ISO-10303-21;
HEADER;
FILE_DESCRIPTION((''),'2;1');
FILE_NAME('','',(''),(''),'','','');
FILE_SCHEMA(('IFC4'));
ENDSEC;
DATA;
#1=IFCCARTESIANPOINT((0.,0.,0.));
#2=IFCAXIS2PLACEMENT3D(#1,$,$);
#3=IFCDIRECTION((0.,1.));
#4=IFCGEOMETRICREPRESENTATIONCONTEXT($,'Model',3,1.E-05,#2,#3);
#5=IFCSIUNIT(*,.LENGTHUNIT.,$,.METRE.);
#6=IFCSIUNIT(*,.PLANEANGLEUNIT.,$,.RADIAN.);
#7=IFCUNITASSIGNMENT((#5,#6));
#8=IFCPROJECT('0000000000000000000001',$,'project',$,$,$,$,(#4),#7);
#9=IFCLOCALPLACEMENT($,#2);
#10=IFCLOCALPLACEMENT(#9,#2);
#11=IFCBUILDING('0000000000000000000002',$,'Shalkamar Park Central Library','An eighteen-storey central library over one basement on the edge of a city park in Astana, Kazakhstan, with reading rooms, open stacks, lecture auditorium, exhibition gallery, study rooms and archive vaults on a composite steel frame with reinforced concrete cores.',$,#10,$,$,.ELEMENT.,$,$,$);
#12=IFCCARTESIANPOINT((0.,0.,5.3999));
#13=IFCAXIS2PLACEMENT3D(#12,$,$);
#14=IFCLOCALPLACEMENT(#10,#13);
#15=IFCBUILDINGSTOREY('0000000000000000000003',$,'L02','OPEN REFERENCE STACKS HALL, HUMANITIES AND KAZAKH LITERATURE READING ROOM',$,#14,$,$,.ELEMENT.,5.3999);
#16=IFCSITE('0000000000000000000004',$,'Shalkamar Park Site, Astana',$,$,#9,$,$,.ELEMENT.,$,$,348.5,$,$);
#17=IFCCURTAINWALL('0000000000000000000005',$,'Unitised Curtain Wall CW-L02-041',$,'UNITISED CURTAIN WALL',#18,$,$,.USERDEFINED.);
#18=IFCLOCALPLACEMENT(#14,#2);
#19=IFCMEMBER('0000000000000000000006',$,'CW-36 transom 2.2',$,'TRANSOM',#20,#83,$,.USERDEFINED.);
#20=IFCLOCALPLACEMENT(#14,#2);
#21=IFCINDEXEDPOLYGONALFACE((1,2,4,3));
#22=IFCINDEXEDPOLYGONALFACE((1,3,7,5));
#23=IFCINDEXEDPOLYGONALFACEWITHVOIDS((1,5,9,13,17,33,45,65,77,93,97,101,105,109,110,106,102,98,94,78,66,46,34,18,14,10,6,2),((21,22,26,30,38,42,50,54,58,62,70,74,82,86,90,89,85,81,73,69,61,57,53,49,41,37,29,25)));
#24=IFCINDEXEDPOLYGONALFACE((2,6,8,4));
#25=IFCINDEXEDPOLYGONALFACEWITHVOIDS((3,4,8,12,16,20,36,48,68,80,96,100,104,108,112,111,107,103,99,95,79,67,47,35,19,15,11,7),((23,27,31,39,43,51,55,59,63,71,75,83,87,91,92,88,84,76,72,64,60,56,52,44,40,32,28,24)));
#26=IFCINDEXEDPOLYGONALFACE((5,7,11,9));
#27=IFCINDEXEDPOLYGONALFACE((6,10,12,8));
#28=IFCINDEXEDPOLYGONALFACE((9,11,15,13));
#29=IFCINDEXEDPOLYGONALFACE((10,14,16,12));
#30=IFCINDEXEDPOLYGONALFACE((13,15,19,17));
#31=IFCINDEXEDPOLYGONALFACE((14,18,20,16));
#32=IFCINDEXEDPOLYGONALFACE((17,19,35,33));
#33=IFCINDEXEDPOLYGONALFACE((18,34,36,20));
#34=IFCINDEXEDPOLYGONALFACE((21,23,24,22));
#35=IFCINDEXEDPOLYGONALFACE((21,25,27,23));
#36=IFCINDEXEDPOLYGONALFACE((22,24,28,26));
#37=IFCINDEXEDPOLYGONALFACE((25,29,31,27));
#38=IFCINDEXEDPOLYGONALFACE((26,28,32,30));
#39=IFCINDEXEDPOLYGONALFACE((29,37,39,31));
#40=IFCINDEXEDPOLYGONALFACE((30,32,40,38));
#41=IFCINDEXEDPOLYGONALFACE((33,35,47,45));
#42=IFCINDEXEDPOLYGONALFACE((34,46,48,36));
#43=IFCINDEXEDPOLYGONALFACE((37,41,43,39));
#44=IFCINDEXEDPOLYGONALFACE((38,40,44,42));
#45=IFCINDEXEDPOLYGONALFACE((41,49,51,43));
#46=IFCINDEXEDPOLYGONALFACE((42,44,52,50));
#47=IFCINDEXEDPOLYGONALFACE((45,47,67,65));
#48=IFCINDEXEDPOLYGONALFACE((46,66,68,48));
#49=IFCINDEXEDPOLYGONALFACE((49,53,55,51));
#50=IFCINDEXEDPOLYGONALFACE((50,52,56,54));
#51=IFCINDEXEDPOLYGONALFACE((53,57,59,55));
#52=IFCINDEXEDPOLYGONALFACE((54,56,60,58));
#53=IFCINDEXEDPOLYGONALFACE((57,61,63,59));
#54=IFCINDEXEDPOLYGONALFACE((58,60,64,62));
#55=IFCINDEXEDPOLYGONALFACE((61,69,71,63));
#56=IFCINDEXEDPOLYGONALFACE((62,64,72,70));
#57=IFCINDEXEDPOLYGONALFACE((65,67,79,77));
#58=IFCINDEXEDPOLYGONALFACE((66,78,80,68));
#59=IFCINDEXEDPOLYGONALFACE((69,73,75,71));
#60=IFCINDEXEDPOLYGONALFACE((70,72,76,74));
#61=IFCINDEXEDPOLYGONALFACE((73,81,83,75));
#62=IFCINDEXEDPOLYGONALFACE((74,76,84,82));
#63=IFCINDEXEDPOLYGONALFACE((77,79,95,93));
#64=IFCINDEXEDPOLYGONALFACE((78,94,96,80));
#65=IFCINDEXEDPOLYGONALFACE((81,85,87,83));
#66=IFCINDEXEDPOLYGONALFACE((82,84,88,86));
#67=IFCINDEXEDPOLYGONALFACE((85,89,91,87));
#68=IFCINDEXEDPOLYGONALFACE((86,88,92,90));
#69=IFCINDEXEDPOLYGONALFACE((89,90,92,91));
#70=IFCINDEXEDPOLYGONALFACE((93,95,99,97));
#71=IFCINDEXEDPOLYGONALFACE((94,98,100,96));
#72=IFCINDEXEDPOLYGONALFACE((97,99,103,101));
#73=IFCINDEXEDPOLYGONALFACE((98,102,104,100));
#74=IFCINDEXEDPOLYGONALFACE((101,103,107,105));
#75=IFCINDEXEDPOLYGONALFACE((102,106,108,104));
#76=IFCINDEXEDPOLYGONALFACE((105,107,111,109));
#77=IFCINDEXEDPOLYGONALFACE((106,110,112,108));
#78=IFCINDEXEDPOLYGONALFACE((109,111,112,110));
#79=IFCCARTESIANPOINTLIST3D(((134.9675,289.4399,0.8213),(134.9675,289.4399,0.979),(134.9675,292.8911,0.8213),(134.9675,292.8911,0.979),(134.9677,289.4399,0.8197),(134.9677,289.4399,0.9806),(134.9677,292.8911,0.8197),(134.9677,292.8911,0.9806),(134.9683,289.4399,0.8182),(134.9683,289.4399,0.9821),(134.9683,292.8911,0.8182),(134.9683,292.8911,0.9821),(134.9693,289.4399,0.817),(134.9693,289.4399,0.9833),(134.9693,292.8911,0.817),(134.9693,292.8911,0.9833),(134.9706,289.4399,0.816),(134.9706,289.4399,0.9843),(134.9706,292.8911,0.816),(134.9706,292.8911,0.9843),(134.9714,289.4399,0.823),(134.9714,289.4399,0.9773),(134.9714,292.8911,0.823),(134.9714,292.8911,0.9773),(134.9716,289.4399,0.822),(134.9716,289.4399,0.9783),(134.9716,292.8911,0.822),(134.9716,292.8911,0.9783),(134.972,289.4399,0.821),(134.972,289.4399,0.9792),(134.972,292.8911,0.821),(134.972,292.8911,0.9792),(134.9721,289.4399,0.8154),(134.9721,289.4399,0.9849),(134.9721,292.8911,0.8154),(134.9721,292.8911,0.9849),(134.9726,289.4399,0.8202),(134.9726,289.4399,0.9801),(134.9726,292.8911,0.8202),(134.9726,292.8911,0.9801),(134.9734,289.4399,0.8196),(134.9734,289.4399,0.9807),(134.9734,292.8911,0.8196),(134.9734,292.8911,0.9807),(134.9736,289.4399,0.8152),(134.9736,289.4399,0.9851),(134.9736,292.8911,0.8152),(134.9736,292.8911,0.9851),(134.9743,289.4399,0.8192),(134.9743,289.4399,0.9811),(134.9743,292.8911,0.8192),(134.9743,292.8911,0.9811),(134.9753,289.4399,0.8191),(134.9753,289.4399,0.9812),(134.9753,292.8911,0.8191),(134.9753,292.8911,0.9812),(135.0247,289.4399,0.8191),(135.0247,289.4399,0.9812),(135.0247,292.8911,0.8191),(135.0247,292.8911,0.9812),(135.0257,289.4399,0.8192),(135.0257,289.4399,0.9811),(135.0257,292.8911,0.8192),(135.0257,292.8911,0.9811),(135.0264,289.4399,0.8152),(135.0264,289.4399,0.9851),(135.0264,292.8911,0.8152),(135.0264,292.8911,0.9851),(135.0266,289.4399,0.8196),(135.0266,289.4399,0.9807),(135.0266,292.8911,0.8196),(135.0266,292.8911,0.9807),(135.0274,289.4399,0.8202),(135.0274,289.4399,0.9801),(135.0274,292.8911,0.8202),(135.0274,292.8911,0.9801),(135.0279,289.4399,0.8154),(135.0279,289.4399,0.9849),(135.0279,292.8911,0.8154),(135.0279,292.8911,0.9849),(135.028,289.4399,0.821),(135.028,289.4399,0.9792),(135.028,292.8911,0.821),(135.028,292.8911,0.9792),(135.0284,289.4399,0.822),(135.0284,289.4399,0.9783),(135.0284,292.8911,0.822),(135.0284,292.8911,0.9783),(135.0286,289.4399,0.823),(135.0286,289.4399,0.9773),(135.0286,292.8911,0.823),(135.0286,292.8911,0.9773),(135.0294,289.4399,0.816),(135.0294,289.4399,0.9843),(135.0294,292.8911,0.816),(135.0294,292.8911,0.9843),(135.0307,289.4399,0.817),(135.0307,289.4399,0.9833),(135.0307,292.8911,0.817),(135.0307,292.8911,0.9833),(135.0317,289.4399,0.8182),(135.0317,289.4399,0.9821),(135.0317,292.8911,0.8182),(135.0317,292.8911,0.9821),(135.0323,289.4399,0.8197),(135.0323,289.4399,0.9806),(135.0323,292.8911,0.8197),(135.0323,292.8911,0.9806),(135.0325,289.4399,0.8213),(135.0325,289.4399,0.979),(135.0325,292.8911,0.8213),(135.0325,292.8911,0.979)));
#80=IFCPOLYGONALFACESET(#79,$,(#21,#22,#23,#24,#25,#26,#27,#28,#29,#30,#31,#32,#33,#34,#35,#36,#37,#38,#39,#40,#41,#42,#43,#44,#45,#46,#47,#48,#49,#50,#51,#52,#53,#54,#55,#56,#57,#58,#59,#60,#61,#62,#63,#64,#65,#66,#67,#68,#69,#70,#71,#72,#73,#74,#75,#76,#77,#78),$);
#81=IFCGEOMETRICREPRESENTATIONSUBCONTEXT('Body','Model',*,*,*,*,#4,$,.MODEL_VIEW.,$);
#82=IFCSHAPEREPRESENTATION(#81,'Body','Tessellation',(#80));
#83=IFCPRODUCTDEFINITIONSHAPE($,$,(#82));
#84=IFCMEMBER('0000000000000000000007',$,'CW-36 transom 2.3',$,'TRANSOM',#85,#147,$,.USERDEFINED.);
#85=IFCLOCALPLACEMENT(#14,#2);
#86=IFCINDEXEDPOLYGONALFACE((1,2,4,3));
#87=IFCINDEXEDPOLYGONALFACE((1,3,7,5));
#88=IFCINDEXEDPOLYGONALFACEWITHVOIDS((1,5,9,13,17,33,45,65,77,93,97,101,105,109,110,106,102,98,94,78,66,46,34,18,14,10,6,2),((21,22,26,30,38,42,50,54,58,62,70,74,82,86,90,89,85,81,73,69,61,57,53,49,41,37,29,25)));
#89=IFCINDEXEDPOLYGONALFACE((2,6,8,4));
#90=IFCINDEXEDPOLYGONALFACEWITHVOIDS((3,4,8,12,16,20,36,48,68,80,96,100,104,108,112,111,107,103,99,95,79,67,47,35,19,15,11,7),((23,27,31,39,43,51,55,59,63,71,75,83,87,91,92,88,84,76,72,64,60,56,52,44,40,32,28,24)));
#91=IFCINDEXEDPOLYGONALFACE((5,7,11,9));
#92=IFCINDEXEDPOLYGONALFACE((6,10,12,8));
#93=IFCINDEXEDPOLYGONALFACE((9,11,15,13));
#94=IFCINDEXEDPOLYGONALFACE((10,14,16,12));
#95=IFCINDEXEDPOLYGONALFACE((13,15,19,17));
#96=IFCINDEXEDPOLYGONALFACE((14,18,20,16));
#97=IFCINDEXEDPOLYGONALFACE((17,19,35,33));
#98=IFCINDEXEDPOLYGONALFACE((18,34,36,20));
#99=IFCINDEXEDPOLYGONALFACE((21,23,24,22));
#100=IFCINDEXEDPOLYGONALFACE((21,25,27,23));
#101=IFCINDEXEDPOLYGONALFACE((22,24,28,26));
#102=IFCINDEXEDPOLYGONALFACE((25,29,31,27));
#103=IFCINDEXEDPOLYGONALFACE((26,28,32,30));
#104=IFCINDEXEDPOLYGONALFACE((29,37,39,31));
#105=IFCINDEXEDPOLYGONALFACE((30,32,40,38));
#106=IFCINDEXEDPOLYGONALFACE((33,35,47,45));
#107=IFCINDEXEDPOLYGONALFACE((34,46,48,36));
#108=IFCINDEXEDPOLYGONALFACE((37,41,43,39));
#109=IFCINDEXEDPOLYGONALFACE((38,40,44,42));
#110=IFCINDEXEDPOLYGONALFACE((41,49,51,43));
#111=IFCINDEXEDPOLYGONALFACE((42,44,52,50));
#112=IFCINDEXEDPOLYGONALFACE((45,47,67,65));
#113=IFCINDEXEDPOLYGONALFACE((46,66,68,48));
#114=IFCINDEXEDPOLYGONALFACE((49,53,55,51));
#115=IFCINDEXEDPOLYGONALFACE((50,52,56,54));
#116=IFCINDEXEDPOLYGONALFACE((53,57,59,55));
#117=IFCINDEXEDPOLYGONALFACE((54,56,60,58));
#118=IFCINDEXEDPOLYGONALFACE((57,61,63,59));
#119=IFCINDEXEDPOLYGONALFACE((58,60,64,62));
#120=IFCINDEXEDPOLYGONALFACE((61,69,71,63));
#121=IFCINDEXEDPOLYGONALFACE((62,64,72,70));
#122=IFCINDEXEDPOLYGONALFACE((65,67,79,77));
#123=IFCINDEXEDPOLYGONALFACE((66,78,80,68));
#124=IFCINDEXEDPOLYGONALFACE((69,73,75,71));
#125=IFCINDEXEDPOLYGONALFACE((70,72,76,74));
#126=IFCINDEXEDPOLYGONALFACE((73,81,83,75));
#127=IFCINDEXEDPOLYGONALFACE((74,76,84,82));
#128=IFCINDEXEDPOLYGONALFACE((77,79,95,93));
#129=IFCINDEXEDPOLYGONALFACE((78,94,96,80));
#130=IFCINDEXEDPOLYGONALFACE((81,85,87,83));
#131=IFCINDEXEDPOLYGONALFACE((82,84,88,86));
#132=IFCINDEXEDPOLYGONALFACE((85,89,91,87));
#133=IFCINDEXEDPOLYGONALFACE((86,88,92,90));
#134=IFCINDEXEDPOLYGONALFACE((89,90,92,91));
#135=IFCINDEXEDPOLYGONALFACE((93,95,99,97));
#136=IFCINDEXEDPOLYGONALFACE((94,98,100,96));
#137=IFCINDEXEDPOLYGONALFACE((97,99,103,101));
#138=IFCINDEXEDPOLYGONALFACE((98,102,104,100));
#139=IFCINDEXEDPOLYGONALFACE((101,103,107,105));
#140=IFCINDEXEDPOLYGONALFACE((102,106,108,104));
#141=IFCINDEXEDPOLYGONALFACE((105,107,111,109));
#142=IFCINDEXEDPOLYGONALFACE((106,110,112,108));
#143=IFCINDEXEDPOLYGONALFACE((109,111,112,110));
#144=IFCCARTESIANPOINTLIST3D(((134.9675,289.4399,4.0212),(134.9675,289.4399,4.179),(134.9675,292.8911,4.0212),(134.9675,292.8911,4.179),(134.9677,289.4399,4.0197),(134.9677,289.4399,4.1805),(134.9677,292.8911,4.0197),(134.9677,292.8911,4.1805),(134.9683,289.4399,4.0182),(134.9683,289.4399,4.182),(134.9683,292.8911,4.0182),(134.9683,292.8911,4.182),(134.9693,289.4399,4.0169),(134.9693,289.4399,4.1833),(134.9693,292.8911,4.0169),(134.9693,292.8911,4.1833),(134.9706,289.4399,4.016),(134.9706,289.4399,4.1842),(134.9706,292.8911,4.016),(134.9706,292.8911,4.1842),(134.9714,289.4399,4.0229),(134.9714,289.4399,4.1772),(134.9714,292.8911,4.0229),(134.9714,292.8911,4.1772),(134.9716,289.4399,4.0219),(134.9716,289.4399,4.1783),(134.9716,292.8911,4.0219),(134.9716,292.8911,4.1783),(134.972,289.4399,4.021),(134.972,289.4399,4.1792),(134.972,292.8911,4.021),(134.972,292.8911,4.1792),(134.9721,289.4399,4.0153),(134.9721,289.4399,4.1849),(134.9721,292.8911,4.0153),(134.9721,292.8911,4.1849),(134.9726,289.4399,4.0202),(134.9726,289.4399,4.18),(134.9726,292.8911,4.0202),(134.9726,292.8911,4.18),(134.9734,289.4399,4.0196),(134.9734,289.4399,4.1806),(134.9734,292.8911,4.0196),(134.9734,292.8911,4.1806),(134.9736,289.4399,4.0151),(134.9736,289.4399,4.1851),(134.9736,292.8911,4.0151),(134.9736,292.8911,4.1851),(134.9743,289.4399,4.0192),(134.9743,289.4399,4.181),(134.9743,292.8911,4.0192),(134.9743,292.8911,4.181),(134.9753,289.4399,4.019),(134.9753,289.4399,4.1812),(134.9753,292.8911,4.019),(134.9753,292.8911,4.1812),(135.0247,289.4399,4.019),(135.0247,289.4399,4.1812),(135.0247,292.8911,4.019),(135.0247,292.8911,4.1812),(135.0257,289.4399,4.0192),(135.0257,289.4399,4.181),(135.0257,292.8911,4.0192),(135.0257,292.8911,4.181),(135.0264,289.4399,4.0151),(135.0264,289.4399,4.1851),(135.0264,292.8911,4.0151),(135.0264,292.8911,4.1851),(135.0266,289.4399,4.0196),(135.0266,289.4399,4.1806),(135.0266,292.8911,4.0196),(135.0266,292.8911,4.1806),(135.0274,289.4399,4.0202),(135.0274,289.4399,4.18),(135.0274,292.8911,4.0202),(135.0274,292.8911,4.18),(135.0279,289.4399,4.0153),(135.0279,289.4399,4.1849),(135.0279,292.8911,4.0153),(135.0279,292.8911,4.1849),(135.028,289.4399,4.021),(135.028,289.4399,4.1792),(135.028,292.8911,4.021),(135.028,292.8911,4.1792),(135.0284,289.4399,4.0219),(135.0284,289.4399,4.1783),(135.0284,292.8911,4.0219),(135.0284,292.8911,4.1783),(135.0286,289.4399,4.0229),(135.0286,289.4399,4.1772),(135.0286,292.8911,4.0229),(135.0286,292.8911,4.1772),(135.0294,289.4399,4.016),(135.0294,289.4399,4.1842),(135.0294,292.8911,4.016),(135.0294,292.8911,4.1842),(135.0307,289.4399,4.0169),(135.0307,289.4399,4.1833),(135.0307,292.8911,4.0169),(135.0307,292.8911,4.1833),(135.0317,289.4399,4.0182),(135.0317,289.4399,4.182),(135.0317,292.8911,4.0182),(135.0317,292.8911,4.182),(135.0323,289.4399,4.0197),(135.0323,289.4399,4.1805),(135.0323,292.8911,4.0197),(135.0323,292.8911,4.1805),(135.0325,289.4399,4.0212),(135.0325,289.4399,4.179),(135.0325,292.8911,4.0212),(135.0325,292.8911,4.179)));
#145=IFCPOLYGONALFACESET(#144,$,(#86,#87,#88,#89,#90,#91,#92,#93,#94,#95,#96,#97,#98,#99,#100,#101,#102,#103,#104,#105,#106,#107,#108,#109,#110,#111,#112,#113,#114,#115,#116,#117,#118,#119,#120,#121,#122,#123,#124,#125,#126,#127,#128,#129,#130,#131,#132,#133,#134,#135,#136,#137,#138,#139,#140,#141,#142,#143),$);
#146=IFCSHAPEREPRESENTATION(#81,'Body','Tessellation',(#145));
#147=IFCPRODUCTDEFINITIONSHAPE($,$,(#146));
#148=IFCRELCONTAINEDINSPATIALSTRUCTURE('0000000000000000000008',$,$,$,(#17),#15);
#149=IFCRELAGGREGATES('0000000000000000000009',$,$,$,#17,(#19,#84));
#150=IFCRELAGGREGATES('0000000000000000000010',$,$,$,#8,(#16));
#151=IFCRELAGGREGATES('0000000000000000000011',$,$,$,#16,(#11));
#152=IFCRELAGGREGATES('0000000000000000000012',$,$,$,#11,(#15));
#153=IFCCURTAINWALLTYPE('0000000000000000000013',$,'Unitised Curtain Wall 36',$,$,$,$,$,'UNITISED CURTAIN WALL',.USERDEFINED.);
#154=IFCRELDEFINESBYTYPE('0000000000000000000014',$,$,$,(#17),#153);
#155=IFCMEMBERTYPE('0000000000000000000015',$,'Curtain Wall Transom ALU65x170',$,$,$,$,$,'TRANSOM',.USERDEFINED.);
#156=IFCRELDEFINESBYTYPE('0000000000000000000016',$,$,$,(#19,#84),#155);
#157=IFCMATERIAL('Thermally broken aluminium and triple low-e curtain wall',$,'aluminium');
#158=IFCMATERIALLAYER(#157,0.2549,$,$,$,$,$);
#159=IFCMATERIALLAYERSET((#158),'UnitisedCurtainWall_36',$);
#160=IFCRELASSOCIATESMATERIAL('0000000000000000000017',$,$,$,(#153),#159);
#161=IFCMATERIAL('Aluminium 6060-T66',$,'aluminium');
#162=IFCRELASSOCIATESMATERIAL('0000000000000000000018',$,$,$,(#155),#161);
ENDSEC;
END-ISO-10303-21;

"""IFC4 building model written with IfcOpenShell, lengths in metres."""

from ifc_helpers import new_model, si_unit, direction, frame, origin, origin_2d, place, context, subcontext, project, spatial, hollow_rectangle, extrude, material, layer, layer_set, material_profile, profile_set, type_object, element, aggregate, save


model = new_model("IFC4")

# Units and contexts
model_context = context("Model", 3, precision=1e-05, world=origin(), true_north=direction((0.0, 1.0)))
body_context = subcontext(model_context, "Body", "Model", "MODEL_VIEW")
ifc_project = project(units=[si_unit("LENGTHUNIT", "METRE"), si_unit("PLANEANGLEUNIT", "RADIAN")], contexts=[model_context])

# Site, building, storey
site_placement = place(None, origin())
site = spatial("IfcSite", under=ifc_project, at=site_placement, Name="Shalkamar Park Site, Astana", CompositionType="ELEMENT", RefElevation=348.5)
building_placement = place(site_placement, origin())
building = spatial("IfcBuilding", under=site, at=building_placement, Name="Shalkamar Park Central Library", Description="An eighteen-storey central library over one basement on the edge of a city park in Astana, Kazakhstan, with reading rooms, open stacks, lecture auditorium, exhibition gallery, study rooms and archive vaults on a composite steel frame with reinforced concrete cores.", CompositionType="ELEMENT")
storey_placement = place(building_placement, frame((0.0, 0.0, 5.3999)))
storey = spatial("IfcBuildingStorey", under=building, at=storey_placement, Name="L02", Description="OPEN REFERENCE STACKS HALL, HUMANITIES AND KAZAKH LITERATURE READING ROOM", CompositionType="ELEMENT", Elevation=5.3999)

# Curtain wall, members
ifc_material_1 = material(Name="Thermally broken aluminium and triple low-e curtain wall", Category="aluminium")
ifc_layer_1 = layer(ifc_material_1, 0.2549)
ifc_layer_set_1 = layer_set([ifc_layer_1], Name="UnitisedCurtainWall_36")
curtain_wall_type = type_object("IfcCurtainWallType", Name="Unitised Curtain Wall 36", ElementType="UNITISED CURTAIN WALL", PredefinedType="USERDEFINED", material=ifc_layer_set_1)
curtain_wall_placement = place(storey_placement, origin())
curtain_wall = element("IfcCurtainWall", 1, at=curtain_wall_placement, inside=storey, type_object=curtain_wall_type, Name="Unitised Curtain Wall CW-L02-041", ObjectType="UNITISED CURTAIN WALL", PredefinedType="USERDEFINED")
ifc_material_2 = material(Name="Aluminium 6060-T66", Category="aluminium")
ifc_material_profile_1 = material_profile(ifc_material_2, hollow_rectangle(XDim=0.0649, YDim=0.1699, WallThickness=0.0039, InnerFilletRadius=0.0039, OuterFilletRadius=0.0061, at=origin_2d()), Name="ALU 65x170x4")
ifc_profile_set_1 = profile_set([ifc_material_profile_1], Name="Aluminium 6060-T66")
member_type_1 = type_object("IfcMemberType", Name="Curtain Wall Transom ALU65x170", ElementType="TRANSOM", PredefinedType="USERDEFINED", material=ifc_profile_set_1)
member_1_placement = place(storey_placement, frame((135.0, 289.4399, 0.9001), z_axis=(0.0, 1.0, 0.0), x_axis=(-1.0, 0.0, 0.0)))
member_1 = element("IfcMember", 2, at=member_1_placement, type_object=member_type_1, Name="CW-36 transom 2.2", ObjectType="TRANSOM", PredefinedType="USERDEFINED", context=body_context, shape_type="SweptSolid", body=[
    extrude(hollow_rectangle(XDim=0.0649, YDim=0.1699, WallThickness=0.0039, InnerFilletRadius=0.0039, OuterFilletRadius=0.0061, at=origin_2d()), origin(), (0.0, 0.0, 1.0), 3.4512),
])
member_2_placement = place(storey_placement, frame((135.0, 289.4399, 4.1001), z_axis=(0.0, 1.0, 0.0), x_axis=(-1.0, 0.0, 0.0)))
member_2 = element("IfcMember", 3, at=member_2_placement, type_object=member_type_1, Name="CW-36 transom 2.3", ObjectType="TRANSOM", PredefinedType="USERDEFINED", context=body_context, shape_type="SweptSolid", body=[
    extrude(hollow_rectangle(XDim=0.0649, YDim=0.1699, WallThickness=0.0039, InnerFilletRadius=0.0039, OuterFilletRadius=0.0061, at=origin_2d()), origin(), (0.0, 0.0, 1.0), 3.4512),
])

aggregate(curtain_wall, [member_1, member_2])

save(model, "model.ifc")
